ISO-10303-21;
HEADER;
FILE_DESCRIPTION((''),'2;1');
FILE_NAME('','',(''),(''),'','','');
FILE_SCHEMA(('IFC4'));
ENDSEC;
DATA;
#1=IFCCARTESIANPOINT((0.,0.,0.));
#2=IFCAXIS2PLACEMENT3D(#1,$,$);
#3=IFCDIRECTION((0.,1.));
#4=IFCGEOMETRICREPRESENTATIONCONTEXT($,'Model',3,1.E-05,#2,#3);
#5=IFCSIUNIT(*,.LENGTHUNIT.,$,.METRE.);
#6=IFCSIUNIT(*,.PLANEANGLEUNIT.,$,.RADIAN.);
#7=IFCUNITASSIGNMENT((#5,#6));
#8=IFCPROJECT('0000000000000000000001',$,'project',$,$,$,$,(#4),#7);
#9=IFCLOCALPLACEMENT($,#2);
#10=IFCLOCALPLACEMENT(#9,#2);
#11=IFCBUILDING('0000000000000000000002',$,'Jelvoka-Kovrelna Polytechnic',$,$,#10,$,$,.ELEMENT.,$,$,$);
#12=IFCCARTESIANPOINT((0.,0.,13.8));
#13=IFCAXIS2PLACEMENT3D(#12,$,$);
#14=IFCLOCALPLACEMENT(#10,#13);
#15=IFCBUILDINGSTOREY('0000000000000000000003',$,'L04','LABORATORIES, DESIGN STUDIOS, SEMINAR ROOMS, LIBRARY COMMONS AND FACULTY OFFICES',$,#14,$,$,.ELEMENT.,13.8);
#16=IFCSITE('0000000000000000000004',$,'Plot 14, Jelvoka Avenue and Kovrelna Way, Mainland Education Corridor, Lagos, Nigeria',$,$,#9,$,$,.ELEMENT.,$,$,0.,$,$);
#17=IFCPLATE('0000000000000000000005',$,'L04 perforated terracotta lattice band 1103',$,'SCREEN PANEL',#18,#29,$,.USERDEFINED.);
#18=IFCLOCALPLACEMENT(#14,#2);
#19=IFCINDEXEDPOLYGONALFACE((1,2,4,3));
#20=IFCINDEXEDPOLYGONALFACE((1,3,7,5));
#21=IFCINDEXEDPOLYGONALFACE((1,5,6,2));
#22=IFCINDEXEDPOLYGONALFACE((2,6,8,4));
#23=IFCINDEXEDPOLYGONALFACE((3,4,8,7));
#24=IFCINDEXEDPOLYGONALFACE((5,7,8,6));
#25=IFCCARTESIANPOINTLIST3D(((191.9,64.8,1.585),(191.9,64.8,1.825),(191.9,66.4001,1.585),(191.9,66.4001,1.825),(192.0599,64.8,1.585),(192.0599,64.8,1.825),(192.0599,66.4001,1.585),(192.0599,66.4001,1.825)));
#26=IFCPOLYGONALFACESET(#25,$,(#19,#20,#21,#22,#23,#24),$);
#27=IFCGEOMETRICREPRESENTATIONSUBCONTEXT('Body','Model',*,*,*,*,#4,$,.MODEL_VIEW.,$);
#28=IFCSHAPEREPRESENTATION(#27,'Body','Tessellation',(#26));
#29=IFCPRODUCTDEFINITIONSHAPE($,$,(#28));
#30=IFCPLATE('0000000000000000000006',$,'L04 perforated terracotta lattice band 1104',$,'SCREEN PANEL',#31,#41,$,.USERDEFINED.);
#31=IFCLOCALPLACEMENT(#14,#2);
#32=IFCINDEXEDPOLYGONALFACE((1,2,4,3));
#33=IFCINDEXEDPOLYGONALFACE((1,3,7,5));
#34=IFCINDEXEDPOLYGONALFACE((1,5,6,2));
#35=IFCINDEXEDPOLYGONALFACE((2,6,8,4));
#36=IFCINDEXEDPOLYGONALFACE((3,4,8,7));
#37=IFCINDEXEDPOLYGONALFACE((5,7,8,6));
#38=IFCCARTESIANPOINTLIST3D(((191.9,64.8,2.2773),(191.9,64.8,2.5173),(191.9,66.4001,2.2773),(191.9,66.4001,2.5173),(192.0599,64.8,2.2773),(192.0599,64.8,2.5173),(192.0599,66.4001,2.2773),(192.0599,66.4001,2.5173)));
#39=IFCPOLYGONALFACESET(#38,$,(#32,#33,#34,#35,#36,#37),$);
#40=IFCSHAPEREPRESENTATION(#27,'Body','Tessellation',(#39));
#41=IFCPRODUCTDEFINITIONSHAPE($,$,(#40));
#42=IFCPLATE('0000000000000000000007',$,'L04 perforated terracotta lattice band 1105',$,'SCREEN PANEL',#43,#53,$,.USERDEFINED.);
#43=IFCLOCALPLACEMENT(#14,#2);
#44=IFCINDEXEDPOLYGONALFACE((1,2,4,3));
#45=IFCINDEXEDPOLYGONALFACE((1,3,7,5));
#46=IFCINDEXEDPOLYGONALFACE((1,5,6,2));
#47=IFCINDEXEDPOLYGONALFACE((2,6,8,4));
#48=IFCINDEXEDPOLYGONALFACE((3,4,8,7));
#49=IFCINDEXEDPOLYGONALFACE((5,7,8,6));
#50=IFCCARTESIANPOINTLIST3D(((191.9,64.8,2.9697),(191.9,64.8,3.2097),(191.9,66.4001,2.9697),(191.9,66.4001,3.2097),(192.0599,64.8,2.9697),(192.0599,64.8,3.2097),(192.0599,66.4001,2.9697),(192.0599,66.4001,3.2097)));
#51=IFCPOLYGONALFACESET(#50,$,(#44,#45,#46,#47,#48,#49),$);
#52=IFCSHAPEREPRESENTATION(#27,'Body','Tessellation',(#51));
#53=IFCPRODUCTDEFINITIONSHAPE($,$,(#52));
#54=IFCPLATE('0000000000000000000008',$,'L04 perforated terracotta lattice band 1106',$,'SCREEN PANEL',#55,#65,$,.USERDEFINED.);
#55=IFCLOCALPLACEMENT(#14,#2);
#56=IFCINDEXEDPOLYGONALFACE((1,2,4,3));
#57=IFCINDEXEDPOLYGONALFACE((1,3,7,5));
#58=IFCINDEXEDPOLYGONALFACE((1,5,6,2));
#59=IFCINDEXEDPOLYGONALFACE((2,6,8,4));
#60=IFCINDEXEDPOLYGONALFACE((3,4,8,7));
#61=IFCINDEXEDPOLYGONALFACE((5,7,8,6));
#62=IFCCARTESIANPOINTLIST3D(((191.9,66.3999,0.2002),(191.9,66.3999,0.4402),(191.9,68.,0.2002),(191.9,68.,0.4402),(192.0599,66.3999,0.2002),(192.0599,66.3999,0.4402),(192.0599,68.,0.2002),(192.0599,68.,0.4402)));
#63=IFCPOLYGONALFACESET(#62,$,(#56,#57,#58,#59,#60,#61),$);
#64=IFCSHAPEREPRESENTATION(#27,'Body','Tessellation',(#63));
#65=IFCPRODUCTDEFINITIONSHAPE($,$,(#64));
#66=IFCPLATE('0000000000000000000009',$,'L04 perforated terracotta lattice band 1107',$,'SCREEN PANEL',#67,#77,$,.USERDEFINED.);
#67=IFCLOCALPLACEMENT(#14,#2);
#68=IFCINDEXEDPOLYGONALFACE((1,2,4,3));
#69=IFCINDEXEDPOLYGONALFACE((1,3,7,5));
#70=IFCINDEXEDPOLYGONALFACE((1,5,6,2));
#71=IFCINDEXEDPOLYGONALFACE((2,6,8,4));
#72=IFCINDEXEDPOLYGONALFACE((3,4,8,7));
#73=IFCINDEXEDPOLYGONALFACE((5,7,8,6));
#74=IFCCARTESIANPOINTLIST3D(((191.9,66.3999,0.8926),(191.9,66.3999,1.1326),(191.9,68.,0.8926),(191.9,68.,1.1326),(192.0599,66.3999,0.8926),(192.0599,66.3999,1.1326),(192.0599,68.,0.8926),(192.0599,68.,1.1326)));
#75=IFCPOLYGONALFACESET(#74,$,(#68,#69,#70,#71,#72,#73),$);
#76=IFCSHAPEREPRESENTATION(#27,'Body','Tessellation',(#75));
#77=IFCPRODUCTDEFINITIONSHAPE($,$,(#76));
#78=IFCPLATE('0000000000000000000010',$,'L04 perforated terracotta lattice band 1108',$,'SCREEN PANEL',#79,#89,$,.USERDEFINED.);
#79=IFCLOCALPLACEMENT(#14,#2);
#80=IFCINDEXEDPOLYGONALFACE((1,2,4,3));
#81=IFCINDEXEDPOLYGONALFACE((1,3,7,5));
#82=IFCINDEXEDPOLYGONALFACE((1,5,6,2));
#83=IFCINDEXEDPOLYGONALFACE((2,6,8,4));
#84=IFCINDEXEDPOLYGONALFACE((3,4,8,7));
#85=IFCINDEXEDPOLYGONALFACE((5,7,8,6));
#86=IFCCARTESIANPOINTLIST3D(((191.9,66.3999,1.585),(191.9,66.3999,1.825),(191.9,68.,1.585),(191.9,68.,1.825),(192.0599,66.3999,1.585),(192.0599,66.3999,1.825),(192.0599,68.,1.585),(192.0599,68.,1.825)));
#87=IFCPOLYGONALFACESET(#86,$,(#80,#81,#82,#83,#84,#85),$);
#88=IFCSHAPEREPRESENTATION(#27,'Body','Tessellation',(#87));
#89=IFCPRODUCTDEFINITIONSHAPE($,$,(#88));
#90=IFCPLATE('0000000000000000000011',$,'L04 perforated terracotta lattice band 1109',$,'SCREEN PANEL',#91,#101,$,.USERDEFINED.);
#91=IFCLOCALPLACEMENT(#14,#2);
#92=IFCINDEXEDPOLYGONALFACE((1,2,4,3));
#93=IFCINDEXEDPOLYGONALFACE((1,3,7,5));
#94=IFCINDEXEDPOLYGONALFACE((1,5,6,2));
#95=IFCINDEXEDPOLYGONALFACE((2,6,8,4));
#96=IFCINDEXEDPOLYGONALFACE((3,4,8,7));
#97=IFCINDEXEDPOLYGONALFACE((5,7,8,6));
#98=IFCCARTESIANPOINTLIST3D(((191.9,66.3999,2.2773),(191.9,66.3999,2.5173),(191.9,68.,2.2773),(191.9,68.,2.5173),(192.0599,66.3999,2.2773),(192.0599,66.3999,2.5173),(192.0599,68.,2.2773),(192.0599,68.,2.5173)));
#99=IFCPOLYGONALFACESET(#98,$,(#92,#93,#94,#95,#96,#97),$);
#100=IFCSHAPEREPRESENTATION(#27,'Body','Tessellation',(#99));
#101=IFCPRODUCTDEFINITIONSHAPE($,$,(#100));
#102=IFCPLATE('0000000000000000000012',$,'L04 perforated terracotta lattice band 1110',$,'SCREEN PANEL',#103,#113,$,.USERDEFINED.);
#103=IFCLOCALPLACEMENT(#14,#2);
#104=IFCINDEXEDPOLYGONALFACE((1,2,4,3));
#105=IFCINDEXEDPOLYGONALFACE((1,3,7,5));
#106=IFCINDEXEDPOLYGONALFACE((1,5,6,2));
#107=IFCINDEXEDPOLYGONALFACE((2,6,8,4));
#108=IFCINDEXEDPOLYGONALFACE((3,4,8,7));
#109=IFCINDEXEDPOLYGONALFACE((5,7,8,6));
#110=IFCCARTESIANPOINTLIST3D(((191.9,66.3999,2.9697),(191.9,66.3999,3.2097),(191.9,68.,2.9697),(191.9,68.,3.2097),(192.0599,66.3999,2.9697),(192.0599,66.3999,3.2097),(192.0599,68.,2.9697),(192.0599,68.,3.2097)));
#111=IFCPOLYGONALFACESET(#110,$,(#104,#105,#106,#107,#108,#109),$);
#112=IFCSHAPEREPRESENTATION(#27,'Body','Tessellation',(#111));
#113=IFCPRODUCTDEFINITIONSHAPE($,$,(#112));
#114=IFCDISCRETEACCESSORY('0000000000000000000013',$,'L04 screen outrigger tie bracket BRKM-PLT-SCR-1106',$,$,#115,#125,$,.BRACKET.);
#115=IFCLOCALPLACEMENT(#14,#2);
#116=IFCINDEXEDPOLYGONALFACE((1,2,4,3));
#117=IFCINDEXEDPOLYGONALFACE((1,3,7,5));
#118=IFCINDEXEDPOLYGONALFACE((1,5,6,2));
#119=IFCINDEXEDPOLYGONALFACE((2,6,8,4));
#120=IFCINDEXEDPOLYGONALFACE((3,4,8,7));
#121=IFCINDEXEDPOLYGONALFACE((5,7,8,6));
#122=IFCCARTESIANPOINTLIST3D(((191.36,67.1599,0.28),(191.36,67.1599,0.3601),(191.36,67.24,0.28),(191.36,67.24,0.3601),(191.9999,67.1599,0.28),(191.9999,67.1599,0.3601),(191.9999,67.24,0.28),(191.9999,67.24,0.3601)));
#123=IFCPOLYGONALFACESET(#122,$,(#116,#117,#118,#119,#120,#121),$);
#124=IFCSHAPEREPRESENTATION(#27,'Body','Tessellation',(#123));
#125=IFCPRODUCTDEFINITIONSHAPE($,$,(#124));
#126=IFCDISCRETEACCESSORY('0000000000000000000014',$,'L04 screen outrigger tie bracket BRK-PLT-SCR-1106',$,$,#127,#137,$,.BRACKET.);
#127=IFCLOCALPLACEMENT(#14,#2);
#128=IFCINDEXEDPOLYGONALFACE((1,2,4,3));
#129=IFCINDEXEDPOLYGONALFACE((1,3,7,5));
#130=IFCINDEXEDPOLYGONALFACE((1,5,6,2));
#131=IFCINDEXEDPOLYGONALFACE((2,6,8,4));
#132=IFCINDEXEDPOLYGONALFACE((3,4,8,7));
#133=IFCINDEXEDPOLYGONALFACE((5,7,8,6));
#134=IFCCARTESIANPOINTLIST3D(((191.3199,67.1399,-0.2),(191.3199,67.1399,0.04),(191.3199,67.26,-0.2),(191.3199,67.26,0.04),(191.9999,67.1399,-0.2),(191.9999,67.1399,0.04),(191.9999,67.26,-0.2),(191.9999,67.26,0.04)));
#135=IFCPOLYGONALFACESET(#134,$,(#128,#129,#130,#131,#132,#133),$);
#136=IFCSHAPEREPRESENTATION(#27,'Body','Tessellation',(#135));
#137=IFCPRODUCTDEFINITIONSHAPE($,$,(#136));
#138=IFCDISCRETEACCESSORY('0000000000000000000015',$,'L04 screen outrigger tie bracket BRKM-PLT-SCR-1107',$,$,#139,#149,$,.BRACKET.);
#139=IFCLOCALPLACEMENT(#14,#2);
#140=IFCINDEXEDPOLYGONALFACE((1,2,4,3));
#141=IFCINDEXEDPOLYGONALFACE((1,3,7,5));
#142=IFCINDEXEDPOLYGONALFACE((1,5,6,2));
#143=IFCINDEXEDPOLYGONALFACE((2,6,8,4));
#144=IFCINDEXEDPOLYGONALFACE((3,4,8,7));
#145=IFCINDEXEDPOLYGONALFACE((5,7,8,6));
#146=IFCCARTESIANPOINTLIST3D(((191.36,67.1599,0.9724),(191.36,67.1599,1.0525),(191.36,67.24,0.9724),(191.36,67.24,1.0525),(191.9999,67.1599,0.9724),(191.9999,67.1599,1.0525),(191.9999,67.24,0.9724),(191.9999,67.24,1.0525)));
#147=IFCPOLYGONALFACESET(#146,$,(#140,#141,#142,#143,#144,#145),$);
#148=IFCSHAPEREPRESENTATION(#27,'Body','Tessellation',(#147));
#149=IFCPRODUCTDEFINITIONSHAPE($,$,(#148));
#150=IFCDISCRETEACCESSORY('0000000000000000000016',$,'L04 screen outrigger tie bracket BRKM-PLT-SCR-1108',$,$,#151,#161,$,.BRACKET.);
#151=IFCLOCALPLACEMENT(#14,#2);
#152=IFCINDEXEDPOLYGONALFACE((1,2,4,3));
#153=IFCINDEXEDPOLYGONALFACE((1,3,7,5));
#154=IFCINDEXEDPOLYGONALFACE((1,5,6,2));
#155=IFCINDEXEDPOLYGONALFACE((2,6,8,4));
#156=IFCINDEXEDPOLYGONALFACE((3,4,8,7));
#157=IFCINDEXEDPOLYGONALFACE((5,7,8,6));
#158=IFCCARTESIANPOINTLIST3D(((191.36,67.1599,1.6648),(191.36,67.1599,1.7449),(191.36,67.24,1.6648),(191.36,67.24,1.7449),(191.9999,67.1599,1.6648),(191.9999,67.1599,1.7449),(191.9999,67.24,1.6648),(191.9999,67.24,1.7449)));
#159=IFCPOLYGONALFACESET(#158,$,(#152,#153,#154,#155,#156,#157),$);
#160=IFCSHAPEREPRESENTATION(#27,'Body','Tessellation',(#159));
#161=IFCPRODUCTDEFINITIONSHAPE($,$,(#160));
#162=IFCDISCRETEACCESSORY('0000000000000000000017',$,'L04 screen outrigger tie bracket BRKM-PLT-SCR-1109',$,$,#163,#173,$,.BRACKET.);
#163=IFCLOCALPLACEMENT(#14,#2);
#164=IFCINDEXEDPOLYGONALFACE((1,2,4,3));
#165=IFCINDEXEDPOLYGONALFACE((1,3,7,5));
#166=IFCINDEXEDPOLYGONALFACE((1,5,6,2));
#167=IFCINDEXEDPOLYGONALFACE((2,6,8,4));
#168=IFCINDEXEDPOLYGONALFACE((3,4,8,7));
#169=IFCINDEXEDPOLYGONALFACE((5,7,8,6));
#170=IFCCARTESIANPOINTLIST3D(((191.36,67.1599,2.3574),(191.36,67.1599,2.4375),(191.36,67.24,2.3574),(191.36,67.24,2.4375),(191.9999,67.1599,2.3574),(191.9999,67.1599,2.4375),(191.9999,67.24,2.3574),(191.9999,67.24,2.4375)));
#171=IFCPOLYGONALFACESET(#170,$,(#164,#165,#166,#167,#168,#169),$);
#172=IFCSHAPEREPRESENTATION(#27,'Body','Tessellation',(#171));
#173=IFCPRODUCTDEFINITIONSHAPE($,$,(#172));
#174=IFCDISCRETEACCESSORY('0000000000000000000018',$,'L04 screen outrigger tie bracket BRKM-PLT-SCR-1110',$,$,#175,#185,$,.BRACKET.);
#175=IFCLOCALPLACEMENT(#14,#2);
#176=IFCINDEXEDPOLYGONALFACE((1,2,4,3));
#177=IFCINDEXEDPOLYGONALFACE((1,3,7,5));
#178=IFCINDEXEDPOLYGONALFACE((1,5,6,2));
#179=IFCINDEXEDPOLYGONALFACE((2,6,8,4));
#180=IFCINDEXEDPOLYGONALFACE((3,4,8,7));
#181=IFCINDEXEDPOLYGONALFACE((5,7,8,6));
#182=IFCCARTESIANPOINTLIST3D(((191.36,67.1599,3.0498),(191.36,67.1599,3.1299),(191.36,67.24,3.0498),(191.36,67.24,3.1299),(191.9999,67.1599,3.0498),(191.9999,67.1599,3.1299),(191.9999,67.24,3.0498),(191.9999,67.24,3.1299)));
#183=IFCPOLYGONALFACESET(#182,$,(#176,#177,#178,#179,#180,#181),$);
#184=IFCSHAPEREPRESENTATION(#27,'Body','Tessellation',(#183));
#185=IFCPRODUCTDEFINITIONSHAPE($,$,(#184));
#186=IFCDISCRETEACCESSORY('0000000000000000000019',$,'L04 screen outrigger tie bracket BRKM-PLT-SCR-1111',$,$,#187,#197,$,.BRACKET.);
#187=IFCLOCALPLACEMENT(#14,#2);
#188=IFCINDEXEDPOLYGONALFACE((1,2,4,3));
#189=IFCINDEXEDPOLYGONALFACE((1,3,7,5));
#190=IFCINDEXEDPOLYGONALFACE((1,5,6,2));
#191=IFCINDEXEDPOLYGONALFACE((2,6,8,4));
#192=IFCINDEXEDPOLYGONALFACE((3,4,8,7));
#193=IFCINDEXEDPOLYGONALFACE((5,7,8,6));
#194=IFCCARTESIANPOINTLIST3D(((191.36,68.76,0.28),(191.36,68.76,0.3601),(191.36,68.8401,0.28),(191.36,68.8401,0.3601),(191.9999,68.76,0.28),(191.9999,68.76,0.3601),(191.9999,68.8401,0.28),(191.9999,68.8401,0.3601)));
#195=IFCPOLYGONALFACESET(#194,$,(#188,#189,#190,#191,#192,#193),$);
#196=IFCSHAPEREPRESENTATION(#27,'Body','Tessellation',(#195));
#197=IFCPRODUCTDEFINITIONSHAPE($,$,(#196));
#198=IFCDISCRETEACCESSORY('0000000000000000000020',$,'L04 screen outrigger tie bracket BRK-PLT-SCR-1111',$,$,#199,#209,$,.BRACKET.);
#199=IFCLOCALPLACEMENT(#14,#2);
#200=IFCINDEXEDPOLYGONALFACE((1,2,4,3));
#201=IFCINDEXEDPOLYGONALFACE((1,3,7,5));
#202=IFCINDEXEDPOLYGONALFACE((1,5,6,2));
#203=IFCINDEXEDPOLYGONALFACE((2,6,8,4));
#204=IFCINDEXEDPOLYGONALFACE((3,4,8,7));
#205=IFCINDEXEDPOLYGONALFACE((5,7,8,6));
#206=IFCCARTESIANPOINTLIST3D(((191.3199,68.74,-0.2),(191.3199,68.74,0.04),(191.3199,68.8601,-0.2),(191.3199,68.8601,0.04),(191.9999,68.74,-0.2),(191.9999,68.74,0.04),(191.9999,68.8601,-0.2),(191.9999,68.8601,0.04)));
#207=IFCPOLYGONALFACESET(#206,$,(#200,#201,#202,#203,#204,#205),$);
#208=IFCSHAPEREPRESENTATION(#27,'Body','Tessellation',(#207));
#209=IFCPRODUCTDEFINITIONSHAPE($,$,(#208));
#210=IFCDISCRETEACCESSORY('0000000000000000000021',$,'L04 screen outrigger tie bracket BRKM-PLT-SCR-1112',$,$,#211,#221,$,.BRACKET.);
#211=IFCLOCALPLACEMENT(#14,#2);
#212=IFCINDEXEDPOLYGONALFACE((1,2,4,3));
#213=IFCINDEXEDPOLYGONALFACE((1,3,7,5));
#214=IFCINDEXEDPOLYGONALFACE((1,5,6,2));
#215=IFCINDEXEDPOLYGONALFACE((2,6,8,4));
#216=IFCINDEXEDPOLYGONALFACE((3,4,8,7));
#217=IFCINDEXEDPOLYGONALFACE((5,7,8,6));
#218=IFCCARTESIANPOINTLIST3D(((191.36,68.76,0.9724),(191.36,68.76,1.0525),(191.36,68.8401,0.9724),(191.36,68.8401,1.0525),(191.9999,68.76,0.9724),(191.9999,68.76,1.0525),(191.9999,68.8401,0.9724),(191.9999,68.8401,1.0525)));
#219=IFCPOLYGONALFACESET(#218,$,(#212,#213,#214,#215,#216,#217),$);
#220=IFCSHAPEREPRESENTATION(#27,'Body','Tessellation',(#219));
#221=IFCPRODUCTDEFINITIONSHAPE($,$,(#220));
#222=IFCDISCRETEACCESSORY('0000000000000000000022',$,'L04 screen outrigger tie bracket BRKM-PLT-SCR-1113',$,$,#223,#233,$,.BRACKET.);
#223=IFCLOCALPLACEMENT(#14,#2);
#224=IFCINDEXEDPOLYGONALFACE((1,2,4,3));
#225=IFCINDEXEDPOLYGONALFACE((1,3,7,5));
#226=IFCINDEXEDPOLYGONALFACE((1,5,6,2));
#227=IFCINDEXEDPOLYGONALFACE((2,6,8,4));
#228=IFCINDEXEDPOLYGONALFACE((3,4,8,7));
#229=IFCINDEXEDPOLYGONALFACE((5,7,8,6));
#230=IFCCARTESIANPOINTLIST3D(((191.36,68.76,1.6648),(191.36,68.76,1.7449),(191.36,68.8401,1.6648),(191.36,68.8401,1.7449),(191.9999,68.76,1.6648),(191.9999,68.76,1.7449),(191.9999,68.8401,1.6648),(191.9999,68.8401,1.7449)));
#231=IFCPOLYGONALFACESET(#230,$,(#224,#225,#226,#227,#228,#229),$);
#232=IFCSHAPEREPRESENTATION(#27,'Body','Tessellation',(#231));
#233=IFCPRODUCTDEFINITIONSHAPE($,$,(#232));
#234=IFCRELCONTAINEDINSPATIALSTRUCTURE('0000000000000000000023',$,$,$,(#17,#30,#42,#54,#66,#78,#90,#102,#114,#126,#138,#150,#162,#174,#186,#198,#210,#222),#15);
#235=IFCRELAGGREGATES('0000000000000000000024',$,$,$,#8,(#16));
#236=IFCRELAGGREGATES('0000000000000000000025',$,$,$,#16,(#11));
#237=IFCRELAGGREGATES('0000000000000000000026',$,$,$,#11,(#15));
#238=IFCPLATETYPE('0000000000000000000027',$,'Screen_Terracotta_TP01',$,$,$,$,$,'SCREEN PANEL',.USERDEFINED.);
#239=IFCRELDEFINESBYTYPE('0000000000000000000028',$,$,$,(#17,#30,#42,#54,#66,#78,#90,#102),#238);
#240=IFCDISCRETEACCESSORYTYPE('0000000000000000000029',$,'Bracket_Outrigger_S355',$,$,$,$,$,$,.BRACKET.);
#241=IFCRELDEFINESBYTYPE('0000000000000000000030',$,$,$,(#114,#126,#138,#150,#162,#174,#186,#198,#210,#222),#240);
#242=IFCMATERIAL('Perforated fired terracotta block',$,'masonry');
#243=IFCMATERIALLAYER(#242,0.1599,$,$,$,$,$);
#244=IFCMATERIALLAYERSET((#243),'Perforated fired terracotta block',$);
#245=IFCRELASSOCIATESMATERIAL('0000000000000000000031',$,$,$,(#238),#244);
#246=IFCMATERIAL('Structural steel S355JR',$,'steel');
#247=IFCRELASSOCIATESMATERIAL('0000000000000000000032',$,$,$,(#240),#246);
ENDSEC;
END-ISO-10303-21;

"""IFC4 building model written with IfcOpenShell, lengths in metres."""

from ifc_helpers import new_model, si_unit, direction, frame, origin, origin_2d, place, context, subcontext, project, spatial, rectangle, extrude, material, layer, layer_set, type_object, element, save


model = new_model("IFC4")

# Units and contexts
model_context = context("Model", 3, precision=1e-05, world=origin(), true_north=direction((0.0, 1.0)))
body_context = subcontext(model_context, "Body", "Model", "MODEL_VIEW")
ifc_project = project(units=[si_unit("LENGTHUNIT", "METRE"), si_unit("PLANEANGLEUNIT", "RADIAN")], contexts=[model_context])

# Site, building, storey
site_placement = place(None, origin())
site = spatial("IfcSite", under=ifc_project, at=site_placement, Name="Plot 14, Jelvoka Avenue and Kovrelna Way, Mainland Education Corridor, Lagos, Nigeria", CompositionType="ELEMENT", RefElevation=0.0)
building_placement = place(site_placement, origin())
building = spatial("IfcBuilding", under=site, at=building_placement, Name="Jelvoka-Kovrelna Polytechnic", CompositionType="ELEMENT")
storey_placement = place(building_placement, frame((0.0, 0.0, 13.8)))
storey = spatial("IfcBuildingStorey", under=building, at=storey_placement, Name="L04", Description="LABORATORIES, DESIGN STUDIOS, SEMINAR ROOMS, LIBRARY COMMONS AND FACULTY OFFICES", CompositionType="ELEMENT", Elevation=13.8)

# Plates
ifc_material_1 = material(Name="Perforated fired terracotta block", Category="masonry")
ifc_layer = layer(ifc_material_1, 0.1599)
ifc_layer_set = layer_set([ifc_layer], Name="Perforated fired terracotta block")
plate_type = type_object("IfcPlateType", Name="Screen_Terracotta_TP01", ElementType="SCREEN PANEL", PredefinedType="USERDEFINED", material=ifc_layer_set)
for number, where, z_axis, x_axis, name in (
    (1, (191.98, 65.6001, 1.585), (0.0, 0.0, 1.0), (0.0, 1.0, 0.0), "L04 perforated terracotta lattice band 1103"),
    (2, (191.98, 65.6001, 2.2773), (0.0, 0.0, 1.0), (0.0, 1.0, 0.0), "L04 perforated terracotta lattice band 1104"),
    (3, (191.98, 65.6001, 2.9697), (0.0, 0.0, 1.0), (0.0, 1.0, 0.0), "L04 perforated terracotta lattice band 1105"),
    (4, (191.98, 67.2, 0.2002), (0.0, 0.0, 1.0), (0.0, 1.0, 0.0), "L04 perforated terracotta lattice band 1106"),
    (5, (191.98, 67.2, 0.8926), (0.0, 0.0, 1.0), (0.0, 1.0, 0.0), "L04 perforated terracotta lattice band 1107"),
    (6, (191.98, 67.2, 1.585), (0.0, 0.0, 1.0), (0.0, 1.0, 0.0), "L04 perforated terracotta lattice band 1108"),
    (7, (191.98, 67.2, 2.2773), (0.0, 0.0, 1.0), (0.0, 1.0, 0.0), "L04 perforated terracotta lattice band 1109"),
    (8, (191.98, 67.2, 2.9697), (0.0, 0.0, 1.0), (0.0, 1.0, 0.0), "L04 perforated terracotta lattice band 1110"),
):
    element("IfcPlate", number, at=place(storey_placement, frame(where, z_axis=z_axis, x_axis=x_axis)), inside=storey, type_object=plate_type, Name=name, ObjectType="SCREEN PANEL", PredefinedType="USERDEFINED", context=body_context, shape_type="SweptSolid", body=[
        extrude(rectangle(XDim=1.6001, YDim=0.1599, at=origin_2d()), origin(), (0.0, 0.0, 1.0), 0.24),
    ])

# Discrete accessories
ifc_material_2 = material(Name="Structural steel S355JR", Category="steel")
discrete_accessory_type = type_object("IfcDiscreteAccessoryType", Name="Bracket_Outrigger_S355", PredefinedType="BRACKET", material=ifc_material_2)
discrete_accessory_1_placement = place(storey_placement, frame((191.6799, 67.2, 0.28), z_axis=(0.0, 0.0, 1.0), x_axis=(1.0, 0.0, 0.0)))
element("IfcDiscreteAccessory", 9, at=discrete_accessory_1_placement, inside=storey, type_object=discrete_accessory_type, Name="L04 screen outrigger tie bracket BRKM-PLT-SCR-1106", PredefinedType="BRACKET", context=body_context, shape_type="SweptSolid", body=[
    extrude(rectangle(XDim=0.6399, YDim=0.0801, at=origin_2d()), origin(), (0.0, 0.0, 1.0), 0.0801),
])
discrete_accessory_2_placement = place(storey_placement, frame((191.6599, 67.2, -0.2), z_axis=(0.0, 0.0, 1.0), x_axis=(1.0, 0.0, 0.0)))
element("IfcDiscreteAccessory", 10, at=discrete_accessory_2_placement, inside=storey, type_object=discrete_accessory_type, Name="L04 screen outrigger tie bracket BRK-PLT-SCR-1106", PredefinedType="BRACKET", context=body_context, shape_type="SweptSolid", body=[
    extrude(rectangle(XDim=0.6799, YDim=0.1201, at=origin_2d()), origin(), (0.0, 0.0, 1.0), 0.24),
])
for number, where, z_axis, x_axis, name in (
    (11, (191.6799, 67.2, 0.9724), (0.0, 0.0, 1.0), (1.0, 0.0, 0.0), "L04 screen outrigger tie bracket BRKM-PLT-SCR-1107"),
    (12, (191.6799, 67.2, 1.6648), (0.0, 0.0, 1.0), (1.0, 0.0, 0.0), "L04 screen outrigger tie bracket BRKM-PLT-SCR-1108"),
    (13, (191.6799, 67.2, 2.3574), (0.0, 0.0, 1.0), (1.0, 0.0, 0.0), "L04 screen outrigger tie bracket BRKM-PLT-SCR-1109"),
    (14, (191.6799, 67.2, 3.0498), (0.0, 0.0, 1.0), (1.0, 0.0, 0.0), "L04 screen outrigger tie bracket BRKM-PLT-SCR-1110"),
    (15, (191.6799, 68.8, 0.28), (0.0, 0.0, 1.0), (1.0, 0.0, 0.0), "L04 screen outrigger tie bracket BRKM-PLT-SCR-1111"),
):
    element("IfcDiscreteAccessory", number, at=place(storey_placement, frame(where, z_axis=z_axis, x_axis=x_axis)), inside=storey, type_object=discrete_accessory_type, Name=name, PredefinedType="BRACKET", context=body_context, shape_type="SweptSolid", body=[
        extrude(rectangle(XDim=0.6399, YDim=0.0801, at=origin_2d()), origin(), (0.0, 0.0, 1.0), 0.0801),
    ])
discrete_accessory_3_placement = place(storey_placement, frame((191.6599, 68.8, -0.2), z_axis=(0.0, 0.0, 1.0), x_axis=(1.0, 0.0, 0.0)))
element("IfcDiscreteAccessory", 16, at=discrete_accessory_3_placement, inside=storey, type_object=discrete_accessory_type, Name="L04 screen outrigger tie bracket BRK-PLT-SCR-1111", PredefinedType="BRACKET", context=body_context, shape_type="SweptSolid", body=[
    extrude(rectangle(XDim=0.6799, YDim=0.1201, at=origin_2d()), origin(), (0.0, 0.0, 1.0), 0.24),
])
for number, where, z_axis, x_axis, name in (
    (17, (191.6799, 68.8, 0.9724), (0.0, 0.0, 1.0), (1.0, 0.0, 0.0), "L04 screen outrigger tie bracket BRKM-PLT-SCR-1112"),
    (18, (191.6799, 68.8, 1.6648), (0.0, 0.0, 1.0), (1.0, 0.0, 0.0), "L04 screen outrigger tie bracket BRKM-PLT-SCR-1113"),
):
    element("IfcDiscreteAccessory", number, at=place(storey_placement, frame(where, z_axis=z_axis, x_axis=x_axis)), inside=storey, type_object=discrete_accessory_type, Name=name, PredefinedType="BRACKET", context=body_context, shape_type="SweptSolid", body=[
        extrude(rectangle(XDim=0.6399, YDim=0.0801, at=origin_2d()), origin(), (0.0, 0.0, 1.0), 0.0801),
    ])

save(model, "model.ifc")
